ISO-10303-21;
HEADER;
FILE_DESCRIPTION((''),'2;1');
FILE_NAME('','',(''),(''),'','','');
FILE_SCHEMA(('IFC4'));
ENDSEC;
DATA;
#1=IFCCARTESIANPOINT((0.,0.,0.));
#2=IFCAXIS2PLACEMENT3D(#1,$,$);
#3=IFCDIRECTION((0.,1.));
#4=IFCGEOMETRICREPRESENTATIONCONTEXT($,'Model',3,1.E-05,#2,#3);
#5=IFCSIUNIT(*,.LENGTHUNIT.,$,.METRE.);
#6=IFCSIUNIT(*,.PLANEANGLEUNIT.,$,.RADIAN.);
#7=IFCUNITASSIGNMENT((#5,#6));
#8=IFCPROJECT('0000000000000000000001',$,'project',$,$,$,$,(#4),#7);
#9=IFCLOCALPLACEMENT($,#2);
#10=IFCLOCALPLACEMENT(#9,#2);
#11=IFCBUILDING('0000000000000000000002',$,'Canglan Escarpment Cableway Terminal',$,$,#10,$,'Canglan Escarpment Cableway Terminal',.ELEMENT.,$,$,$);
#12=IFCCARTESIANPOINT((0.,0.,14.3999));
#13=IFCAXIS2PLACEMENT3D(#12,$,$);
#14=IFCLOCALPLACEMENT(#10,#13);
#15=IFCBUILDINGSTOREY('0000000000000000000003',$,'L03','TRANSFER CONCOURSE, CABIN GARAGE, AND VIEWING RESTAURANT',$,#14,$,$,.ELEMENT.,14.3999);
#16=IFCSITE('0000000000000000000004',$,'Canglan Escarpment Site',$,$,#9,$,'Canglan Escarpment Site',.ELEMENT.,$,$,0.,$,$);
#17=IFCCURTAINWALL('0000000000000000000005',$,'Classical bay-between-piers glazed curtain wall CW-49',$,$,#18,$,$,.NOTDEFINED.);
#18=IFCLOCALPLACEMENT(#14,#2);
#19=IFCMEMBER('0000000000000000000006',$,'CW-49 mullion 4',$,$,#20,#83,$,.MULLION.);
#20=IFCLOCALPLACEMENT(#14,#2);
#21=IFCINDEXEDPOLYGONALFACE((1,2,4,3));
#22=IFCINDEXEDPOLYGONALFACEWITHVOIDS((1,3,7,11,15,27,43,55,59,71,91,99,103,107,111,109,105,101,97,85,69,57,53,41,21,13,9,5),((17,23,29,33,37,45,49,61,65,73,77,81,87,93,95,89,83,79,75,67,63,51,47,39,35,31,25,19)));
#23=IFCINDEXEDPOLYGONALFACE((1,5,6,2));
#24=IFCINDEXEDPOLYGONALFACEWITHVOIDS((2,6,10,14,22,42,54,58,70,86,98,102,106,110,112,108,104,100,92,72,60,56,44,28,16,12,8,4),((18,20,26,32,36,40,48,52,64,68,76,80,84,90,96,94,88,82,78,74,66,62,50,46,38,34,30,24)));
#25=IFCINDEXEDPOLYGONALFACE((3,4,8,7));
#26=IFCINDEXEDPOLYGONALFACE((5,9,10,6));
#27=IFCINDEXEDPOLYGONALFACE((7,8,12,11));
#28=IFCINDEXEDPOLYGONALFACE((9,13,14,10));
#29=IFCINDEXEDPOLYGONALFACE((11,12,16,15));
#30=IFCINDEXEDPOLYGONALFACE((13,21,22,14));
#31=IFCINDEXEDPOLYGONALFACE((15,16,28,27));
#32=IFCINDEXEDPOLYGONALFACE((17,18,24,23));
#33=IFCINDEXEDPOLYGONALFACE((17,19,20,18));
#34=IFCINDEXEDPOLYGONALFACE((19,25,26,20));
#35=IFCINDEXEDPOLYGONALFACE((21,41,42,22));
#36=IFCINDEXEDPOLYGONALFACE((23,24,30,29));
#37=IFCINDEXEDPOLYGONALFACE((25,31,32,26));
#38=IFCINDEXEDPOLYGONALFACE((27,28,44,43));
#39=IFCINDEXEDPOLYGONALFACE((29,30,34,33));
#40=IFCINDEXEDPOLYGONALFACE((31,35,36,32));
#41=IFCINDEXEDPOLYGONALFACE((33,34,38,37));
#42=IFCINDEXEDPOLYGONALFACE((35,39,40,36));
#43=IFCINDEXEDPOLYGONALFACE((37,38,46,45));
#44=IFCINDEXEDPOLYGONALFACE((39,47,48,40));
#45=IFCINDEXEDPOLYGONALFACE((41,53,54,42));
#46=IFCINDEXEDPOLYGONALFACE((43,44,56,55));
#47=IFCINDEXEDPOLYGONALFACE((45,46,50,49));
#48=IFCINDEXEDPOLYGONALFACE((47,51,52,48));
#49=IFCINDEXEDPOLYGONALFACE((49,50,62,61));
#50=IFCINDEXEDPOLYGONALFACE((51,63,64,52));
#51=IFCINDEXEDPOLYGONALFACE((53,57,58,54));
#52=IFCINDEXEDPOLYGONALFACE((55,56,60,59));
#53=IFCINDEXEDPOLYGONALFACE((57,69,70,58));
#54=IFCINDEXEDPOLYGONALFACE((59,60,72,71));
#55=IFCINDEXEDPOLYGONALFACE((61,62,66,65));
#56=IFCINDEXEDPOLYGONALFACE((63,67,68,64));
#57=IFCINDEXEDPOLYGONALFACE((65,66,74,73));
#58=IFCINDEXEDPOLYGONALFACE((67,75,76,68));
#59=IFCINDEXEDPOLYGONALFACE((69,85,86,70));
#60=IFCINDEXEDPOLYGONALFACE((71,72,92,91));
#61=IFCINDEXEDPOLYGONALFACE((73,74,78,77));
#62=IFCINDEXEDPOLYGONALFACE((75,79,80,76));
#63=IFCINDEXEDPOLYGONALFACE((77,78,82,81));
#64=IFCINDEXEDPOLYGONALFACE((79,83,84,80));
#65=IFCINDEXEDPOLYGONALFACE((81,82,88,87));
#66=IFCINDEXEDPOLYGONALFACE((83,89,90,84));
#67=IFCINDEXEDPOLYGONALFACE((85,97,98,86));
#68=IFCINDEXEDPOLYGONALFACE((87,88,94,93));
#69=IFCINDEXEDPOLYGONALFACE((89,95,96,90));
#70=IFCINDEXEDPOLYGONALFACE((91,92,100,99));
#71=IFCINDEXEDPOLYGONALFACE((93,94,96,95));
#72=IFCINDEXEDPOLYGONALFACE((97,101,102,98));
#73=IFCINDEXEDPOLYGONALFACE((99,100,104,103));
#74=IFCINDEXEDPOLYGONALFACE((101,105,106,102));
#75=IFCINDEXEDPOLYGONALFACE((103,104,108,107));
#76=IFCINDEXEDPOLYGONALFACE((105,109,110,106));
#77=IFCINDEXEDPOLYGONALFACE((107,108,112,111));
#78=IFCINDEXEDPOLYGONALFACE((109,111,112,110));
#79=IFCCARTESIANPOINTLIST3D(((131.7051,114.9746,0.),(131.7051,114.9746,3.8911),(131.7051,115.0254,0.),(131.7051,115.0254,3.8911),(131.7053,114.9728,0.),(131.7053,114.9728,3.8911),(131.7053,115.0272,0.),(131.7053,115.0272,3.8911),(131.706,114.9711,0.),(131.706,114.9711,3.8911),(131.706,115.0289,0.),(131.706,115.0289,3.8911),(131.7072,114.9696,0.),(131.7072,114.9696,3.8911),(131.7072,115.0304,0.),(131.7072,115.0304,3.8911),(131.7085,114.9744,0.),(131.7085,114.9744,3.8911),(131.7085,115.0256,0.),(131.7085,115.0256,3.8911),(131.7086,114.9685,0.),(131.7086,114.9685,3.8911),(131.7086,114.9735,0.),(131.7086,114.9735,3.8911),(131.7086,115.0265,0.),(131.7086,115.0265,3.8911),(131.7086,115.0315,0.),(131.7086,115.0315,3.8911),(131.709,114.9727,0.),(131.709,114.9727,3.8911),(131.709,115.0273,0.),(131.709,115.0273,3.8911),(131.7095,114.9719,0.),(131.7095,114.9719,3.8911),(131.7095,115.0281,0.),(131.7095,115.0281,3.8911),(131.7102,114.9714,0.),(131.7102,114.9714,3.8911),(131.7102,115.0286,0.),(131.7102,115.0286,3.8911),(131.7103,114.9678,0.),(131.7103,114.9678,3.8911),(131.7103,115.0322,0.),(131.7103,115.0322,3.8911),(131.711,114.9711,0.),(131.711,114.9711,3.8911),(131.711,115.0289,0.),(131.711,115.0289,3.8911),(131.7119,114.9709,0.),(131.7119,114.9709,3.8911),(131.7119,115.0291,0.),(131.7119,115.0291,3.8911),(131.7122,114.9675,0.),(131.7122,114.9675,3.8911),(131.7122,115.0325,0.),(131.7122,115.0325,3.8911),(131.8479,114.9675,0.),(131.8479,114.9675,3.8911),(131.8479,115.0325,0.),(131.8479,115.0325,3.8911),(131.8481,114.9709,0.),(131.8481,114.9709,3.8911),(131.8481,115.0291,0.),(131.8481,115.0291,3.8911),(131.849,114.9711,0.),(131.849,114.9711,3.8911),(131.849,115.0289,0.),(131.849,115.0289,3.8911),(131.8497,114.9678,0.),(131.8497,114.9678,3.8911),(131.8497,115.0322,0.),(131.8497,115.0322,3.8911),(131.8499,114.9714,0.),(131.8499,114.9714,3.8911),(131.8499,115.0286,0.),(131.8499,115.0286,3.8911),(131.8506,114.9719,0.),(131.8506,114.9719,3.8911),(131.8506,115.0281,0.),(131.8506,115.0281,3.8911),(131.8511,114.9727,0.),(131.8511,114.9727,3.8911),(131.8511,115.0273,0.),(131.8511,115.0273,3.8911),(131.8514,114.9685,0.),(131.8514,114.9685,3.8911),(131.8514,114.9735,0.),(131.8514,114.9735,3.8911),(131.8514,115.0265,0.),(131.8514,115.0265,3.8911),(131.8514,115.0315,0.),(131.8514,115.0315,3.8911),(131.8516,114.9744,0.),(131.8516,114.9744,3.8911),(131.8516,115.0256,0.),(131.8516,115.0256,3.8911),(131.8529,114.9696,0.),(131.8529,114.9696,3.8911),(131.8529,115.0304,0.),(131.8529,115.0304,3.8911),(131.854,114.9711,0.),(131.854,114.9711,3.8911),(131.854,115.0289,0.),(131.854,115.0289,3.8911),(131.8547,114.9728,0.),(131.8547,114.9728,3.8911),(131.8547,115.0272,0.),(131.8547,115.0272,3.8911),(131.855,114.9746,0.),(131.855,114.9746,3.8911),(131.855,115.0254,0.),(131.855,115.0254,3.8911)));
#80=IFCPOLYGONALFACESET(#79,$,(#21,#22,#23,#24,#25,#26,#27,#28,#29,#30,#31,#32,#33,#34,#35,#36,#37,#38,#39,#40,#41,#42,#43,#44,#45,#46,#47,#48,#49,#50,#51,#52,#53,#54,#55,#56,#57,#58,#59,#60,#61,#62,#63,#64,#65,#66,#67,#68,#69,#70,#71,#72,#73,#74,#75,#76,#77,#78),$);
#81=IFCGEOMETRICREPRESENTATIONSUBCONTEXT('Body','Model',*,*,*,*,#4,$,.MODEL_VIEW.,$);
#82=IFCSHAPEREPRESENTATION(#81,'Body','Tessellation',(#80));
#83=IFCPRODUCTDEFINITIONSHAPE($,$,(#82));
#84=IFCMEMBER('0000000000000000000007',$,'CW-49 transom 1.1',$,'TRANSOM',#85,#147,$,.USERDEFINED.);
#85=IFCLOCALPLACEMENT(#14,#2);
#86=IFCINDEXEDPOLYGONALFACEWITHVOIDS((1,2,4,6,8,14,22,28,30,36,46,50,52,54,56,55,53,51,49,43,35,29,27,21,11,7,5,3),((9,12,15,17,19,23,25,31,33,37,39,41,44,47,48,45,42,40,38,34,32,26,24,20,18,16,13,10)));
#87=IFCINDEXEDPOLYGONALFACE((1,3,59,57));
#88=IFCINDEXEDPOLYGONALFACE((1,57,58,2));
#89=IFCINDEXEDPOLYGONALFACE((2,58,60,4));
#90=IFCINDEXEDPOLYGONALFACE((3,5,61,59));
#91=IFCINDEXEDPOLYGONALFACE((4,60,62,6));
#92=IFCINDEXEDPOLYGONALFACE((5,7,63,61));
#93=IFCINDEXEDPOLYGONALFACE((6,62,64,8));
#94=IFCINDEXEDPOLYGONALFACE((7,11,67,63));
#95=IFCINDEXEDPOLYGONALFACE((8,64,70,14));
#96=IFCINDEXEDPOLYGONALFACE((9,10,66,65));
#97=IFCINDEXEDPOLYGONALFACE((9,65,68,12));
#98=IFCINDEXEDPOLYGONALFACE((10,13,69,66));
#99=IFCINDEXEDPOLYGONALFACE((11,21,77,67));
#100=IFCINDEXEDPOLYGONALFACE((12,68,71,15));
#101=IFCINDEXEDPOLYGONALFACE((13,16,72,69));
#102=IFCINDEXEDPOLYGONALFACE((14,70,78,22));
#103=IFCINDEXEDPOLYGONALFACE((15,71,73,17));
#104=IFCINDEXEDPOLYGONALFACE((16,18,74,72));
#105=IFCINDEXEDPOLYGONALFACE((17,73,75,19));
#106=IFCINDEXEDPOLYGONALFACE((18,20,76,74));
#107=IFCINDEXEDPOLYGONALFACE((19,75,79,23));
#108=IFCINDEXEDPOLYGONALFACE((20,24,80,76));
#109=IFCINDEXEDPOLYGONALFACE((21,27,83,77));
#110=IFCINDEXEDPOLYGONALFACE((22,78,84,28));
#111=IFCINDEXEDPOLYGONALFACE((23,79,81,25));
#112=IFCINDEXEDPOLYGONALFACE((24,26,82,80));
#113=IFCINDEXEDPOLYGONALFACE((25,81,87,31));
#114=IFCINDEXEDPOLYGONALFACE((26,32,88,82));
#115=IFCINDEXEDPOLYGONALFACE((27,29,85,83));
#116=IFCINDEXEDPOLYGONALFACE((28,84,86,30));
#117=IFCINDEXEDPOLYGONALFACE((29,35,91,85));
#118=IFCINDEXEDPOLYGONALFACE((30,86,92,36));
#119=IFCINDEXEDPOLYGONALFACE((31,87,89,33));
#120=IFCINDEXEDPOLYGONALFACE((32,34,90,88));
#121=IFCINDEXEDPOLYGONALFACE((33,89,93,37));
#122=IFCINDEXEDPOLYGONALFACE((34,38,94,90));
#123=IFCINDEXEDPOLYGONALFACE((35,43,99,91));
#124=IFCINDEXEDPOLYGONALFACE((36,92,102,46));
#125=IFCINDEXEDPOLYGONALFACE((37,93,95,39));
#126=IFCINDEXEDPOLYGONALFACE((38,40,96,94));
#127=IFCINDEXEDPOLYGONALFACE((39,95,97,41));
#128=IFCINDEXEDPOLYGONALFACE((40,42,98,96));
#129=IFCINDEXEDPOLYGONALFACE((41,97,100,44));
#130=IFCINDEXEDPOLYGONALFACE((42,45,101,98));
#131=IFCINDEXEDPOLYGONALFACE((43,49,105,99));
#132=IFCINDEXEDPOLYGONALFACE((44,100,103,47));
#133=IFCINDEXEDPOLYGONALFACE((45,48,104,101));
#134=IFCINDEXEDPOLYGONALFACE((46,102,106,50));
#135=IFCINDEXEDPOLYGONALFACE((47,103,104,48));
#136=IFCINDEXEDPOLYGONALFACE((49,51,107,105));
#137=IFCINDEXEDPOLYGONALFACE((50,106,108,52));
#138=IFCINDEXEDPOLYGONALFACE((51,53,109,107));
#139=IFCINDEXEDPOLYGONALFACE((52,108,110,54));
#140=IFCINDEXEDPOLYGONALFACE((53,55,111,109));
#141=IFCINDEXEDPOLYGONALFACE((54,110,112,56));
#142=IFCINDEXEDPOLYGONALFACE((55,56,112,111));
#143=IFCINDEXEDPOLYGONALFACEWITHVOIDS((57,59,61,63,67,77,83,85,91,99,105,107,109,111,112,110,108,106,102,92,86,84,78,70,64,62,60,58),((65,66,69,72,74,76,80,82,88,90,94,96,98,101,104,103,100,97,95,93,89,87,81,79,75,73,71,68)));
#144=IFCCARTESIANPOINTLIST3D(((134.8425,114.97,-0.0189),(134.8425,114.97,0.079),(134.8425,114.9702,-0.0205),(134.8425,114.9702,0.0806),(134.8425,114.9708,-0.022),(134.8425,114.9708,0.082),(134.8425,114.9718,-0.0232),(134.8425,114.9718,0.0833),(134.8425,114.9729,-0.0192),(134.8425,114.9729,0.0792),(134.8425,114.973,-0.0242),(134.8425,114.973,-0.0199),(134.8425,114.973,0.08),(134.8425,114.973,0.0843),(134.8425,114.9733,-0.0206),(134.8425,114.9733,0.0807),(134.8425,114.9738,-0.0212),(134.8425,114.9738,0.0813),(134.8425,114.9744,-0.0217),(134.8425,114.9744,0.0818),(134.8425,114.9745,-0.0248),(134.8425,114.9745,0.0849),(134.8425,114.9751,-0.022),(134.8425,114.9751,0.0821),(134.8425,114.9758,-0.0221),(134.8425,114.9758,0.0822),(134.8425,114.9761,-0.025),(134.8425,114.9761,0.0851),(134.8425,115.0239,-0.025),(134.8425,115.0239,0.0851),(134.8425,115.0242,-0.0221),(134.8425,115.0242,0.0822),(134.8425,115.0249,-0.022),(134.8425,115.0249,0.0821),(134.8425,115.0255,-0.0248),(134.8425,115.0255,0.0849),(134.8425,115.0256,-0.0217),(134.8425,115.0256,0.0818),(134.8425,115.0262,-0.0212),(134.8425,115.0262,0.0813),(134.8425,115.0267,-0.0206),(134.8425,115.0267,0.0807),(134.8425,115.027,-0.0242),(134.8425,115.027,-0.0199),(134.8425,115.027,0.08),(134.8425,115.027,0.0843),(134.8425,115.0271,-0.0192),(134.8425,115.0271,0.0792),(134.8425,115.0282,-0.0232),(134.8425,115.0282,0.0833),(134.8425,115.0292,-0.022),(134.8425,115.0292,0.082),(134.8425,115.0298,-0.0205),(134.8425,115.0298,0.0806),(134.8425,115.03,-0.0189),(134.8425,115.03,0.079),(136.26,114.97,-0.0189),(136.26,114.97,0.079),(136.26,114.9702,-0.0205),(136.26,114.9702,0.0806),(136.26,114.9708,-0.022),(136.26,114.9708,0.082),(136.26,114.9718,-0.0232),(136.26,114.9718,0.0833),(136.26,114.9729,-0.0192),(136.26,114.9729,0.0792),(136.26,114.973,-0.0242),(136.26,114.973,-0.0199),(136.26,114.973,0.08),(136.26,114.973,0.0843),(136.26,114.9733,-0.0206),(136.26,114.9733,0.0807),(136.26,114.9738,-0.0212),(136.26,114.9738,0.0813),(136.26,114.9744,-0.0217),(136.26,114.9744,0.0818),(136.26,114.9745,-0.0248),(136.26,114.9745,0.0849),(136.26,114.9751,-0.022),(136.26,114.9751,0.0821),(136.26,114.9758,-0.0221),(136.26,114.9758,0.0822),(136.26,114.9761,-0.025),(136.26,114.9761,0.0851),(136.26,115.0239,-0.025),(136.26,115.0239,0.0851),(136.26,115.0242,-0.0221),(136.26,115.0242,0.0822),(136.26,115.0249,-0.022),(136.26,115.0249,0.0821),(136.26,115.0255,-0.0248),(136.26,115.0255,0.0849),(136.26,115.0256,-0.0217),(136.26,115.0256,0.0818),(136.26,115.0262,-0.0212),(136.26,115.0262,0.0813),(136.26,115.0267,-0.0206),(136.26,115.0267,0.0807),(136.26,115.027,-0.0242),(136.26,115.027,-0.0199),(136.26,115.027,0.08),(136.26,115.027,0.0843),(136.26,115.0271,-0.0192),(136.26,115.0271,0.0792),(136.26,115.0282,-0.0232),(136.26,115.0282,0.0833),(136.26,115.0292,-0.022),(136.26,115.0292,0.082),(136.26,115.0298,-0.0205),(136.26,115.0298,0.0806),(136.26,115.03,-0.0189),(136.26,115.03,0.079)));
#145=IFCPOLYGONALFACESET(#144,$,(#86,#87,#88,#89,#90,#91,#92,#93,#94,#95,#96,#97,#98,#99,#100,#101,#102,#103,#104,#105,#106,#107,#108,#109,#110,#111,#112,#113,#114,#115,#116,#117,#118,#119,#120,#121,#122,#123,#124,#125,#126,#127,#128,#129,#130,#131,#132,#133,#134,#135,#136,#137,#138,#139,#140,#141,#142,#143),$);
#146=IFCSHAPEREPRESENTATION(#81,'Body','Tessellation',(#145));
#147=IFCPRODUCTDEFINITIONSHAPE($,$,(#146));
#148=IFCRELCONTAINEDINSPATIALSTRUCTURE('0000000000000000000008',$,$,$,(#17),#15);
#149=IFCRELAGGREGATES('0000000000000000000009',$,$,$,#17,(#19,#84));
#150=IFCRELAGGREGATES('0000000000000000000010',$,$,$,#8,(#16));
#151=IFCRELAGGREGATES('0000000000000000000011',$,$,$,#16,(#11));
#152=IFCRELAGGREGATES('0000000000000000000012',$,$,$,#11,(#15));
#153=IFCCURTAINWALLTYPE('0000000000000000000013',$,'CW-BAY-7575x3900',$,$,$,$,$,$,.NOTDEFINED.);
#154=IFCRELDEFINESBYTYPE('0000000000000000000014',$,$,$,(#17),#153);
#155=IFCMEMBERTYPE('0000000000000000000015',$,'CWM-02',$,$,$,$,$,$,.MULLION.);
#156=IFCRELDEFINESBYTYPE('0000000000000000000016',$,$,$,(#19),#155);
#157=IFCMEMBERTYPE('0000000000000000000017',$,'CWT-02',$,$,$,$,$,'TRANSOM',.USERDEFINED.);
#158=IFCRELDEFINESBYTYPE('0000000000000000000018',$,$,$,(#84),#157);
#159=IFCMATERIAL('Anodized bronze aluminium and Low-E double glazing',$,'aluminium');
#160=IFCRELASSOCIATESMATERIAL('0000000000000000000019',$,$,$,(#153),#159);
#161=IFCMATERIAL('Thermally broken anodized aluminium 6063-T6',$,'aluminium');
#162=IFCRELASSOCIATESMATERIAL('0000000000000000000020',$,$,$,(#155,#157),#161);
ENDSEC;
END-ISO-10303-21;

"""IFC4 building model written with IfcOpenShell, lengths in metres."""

from ifc_helpers import new_model, si_unit, direction, frame, origin, origin_2d, place, context, subcontext, project, spatial, hollow_rectangle, extrude, material, material_profile, profile_set, type_object, element, aggregate, save


model = new_model("IFC4")

# Units and contexts
model_context = context("Model", 3, precision=1e-05, world=origin(), true_north=direction((0.0, 1.0)))
body_context = subcontext(model_context, "Body", "Model", "MODEL_VIEW")
ifc_project = project(units=[si_unit("LENGTHUNIT", "METRE"), si_unit("PLANEANGLEUNIT", "RADIAN")], contexts=[model_context])

# Site, building, storey
site_placement = place(None, origin())
site = spatial("IfcSite", under=ifc_project, at=site_placement, Name="Canglan Escarpment Site", LongName="Canglan Escarpment Site", CompositionType="ELEMENT", RefElevation=0.0)
building_placement = place(site_placement, origin())
building = spatial("IfcBuilding", under=site, at=building_placement, Name="Canglan Escarpment Cableway Terminal", LongName="Canglan Escarpment Cableway Terminal", CompositionType="ELEMENT")
storey_placement = place(building_placement, frame((0.0, 0.0, 14.3999)))
storey = spatial("IfcBuildingStorey", under=building, at=storey_placement, Name="L03", Description="TRANSFER CONCOURSE, CABIN GARAGE, AND VIEWING RESTAURANT", CompositionType="ELEMENT", Elevation=14.3999)

# Curtain wall, members
ifc_material_1 = material(Name="Anodized bronze aluminium and Low-E double glazing", Category="aluminium")
curtain_wall_type = type_object("IfcCurtainWallType", Name="CW-BAY-7575x3900", PredefinedType="NOTDEFINED", material=ifc_material_1)
curtain_wall_placement = place(storey_placement, origin())
curtain_wall = element("IfcCurtainWall", 1, at=curtain_wall_placement, inside=storey, type_object=curtain_wall_type, Name="Classical bay-between-piers glazed curtain wall CW-49", PredefinedType="NOTDEFINED")
ifc_material_2 = material(Name="Thermally broken anodized aluminium 6063-T6", Category="aluminium")
ifc_material_profile_1 = material_profile(ifc_material_2, hollow_rectangle(XDim=0.0649, YDim=0.1499, WallThickness=0.0034, InnerFilletRadius=0.0034, OuterFilletRadius=0.0071, at=origin_2d()), Name="ALU-MULL 65x150x3.5")
ifc_profile_set_1 = profile_set([ifc_material_profile_1], Name="Thermally broken anodized aluminium 6063-T6")
member_type_1 = type_object("IfcMemberType", Name="CWM-02", PredefinedType="MULLION", material=ifc_profile_set_1)
member_1_placement = place(storey_placement, frame((131.78, 115.0, 0.0), z_axis=(0.0, 0.0, 1.0), x_axis=(0.0, -1.0, 0.0)))
member_1 = element("IfcMember", 2, at=member_1_placement, type_object=member_type_1, Name="CW-49 mullion 4", PredefinedType="MULLION", context=body_context, shape_type="SweptSolid", body=[
    extrude(hollow_rectangle(XDim=0.0649, YDim=0.1499, WallThickness=0.0034, InnerFilletRadius=0.0034, OuterFilletRadius=0.0071, at=origin_2d()), origin(), (0.0, 0.0, 1.0), 3.8911),
])
ifc_material_profile_2 = material_profile(ifc_material_2, hollow_rectangle(XDim=0.0601, YDim=0.1101, WallThickness=0.0029, InnerFilletRadius=0.0029, OuterFilletRadius=0.0061, at=origin_2d()), Name="ALU-TRAN 60x110x3")
ifc_profile_set_2 = profile_set([ifc_material_profile_2], Name="Thermally broken anodized aluminium 6063-T6")
member_type_2 = type_object("IfcMemberType", Name="CWT-02", ElementType="TRANSOM", PredefinedType="USERDEFINED", material=ifc_profile_set_2)
member_2_placement = place(storey_placement, frame((136.26, 115.0, 0.03), z_axis=(-1.0, 0.0, 0.0), x_axis=(0.0, -1.0, 0.0)))
member_2 = element("IfcMember", 3, at=member_2_placement, type_object=member_type_2, Name="CW-49 transom 1.1", ObjectType="TRANSOM", PredefinedType="USERDEFINED", context=body_context, shape_type="SweptSolid", body=[
    extrude(hollow_rectangle(XDim=0.0601, YDim=0.1101, WallThickness=0.0029, InnerFilletRadius=0.0029, OuterFilletRadius=0.0061, at=origin_2d()), origin(), (0.0, 0.0, 1.0), 1.4175),
])
aggregate(curtain_wall, [member_1, member_2])

save(model, "model.ifc")
